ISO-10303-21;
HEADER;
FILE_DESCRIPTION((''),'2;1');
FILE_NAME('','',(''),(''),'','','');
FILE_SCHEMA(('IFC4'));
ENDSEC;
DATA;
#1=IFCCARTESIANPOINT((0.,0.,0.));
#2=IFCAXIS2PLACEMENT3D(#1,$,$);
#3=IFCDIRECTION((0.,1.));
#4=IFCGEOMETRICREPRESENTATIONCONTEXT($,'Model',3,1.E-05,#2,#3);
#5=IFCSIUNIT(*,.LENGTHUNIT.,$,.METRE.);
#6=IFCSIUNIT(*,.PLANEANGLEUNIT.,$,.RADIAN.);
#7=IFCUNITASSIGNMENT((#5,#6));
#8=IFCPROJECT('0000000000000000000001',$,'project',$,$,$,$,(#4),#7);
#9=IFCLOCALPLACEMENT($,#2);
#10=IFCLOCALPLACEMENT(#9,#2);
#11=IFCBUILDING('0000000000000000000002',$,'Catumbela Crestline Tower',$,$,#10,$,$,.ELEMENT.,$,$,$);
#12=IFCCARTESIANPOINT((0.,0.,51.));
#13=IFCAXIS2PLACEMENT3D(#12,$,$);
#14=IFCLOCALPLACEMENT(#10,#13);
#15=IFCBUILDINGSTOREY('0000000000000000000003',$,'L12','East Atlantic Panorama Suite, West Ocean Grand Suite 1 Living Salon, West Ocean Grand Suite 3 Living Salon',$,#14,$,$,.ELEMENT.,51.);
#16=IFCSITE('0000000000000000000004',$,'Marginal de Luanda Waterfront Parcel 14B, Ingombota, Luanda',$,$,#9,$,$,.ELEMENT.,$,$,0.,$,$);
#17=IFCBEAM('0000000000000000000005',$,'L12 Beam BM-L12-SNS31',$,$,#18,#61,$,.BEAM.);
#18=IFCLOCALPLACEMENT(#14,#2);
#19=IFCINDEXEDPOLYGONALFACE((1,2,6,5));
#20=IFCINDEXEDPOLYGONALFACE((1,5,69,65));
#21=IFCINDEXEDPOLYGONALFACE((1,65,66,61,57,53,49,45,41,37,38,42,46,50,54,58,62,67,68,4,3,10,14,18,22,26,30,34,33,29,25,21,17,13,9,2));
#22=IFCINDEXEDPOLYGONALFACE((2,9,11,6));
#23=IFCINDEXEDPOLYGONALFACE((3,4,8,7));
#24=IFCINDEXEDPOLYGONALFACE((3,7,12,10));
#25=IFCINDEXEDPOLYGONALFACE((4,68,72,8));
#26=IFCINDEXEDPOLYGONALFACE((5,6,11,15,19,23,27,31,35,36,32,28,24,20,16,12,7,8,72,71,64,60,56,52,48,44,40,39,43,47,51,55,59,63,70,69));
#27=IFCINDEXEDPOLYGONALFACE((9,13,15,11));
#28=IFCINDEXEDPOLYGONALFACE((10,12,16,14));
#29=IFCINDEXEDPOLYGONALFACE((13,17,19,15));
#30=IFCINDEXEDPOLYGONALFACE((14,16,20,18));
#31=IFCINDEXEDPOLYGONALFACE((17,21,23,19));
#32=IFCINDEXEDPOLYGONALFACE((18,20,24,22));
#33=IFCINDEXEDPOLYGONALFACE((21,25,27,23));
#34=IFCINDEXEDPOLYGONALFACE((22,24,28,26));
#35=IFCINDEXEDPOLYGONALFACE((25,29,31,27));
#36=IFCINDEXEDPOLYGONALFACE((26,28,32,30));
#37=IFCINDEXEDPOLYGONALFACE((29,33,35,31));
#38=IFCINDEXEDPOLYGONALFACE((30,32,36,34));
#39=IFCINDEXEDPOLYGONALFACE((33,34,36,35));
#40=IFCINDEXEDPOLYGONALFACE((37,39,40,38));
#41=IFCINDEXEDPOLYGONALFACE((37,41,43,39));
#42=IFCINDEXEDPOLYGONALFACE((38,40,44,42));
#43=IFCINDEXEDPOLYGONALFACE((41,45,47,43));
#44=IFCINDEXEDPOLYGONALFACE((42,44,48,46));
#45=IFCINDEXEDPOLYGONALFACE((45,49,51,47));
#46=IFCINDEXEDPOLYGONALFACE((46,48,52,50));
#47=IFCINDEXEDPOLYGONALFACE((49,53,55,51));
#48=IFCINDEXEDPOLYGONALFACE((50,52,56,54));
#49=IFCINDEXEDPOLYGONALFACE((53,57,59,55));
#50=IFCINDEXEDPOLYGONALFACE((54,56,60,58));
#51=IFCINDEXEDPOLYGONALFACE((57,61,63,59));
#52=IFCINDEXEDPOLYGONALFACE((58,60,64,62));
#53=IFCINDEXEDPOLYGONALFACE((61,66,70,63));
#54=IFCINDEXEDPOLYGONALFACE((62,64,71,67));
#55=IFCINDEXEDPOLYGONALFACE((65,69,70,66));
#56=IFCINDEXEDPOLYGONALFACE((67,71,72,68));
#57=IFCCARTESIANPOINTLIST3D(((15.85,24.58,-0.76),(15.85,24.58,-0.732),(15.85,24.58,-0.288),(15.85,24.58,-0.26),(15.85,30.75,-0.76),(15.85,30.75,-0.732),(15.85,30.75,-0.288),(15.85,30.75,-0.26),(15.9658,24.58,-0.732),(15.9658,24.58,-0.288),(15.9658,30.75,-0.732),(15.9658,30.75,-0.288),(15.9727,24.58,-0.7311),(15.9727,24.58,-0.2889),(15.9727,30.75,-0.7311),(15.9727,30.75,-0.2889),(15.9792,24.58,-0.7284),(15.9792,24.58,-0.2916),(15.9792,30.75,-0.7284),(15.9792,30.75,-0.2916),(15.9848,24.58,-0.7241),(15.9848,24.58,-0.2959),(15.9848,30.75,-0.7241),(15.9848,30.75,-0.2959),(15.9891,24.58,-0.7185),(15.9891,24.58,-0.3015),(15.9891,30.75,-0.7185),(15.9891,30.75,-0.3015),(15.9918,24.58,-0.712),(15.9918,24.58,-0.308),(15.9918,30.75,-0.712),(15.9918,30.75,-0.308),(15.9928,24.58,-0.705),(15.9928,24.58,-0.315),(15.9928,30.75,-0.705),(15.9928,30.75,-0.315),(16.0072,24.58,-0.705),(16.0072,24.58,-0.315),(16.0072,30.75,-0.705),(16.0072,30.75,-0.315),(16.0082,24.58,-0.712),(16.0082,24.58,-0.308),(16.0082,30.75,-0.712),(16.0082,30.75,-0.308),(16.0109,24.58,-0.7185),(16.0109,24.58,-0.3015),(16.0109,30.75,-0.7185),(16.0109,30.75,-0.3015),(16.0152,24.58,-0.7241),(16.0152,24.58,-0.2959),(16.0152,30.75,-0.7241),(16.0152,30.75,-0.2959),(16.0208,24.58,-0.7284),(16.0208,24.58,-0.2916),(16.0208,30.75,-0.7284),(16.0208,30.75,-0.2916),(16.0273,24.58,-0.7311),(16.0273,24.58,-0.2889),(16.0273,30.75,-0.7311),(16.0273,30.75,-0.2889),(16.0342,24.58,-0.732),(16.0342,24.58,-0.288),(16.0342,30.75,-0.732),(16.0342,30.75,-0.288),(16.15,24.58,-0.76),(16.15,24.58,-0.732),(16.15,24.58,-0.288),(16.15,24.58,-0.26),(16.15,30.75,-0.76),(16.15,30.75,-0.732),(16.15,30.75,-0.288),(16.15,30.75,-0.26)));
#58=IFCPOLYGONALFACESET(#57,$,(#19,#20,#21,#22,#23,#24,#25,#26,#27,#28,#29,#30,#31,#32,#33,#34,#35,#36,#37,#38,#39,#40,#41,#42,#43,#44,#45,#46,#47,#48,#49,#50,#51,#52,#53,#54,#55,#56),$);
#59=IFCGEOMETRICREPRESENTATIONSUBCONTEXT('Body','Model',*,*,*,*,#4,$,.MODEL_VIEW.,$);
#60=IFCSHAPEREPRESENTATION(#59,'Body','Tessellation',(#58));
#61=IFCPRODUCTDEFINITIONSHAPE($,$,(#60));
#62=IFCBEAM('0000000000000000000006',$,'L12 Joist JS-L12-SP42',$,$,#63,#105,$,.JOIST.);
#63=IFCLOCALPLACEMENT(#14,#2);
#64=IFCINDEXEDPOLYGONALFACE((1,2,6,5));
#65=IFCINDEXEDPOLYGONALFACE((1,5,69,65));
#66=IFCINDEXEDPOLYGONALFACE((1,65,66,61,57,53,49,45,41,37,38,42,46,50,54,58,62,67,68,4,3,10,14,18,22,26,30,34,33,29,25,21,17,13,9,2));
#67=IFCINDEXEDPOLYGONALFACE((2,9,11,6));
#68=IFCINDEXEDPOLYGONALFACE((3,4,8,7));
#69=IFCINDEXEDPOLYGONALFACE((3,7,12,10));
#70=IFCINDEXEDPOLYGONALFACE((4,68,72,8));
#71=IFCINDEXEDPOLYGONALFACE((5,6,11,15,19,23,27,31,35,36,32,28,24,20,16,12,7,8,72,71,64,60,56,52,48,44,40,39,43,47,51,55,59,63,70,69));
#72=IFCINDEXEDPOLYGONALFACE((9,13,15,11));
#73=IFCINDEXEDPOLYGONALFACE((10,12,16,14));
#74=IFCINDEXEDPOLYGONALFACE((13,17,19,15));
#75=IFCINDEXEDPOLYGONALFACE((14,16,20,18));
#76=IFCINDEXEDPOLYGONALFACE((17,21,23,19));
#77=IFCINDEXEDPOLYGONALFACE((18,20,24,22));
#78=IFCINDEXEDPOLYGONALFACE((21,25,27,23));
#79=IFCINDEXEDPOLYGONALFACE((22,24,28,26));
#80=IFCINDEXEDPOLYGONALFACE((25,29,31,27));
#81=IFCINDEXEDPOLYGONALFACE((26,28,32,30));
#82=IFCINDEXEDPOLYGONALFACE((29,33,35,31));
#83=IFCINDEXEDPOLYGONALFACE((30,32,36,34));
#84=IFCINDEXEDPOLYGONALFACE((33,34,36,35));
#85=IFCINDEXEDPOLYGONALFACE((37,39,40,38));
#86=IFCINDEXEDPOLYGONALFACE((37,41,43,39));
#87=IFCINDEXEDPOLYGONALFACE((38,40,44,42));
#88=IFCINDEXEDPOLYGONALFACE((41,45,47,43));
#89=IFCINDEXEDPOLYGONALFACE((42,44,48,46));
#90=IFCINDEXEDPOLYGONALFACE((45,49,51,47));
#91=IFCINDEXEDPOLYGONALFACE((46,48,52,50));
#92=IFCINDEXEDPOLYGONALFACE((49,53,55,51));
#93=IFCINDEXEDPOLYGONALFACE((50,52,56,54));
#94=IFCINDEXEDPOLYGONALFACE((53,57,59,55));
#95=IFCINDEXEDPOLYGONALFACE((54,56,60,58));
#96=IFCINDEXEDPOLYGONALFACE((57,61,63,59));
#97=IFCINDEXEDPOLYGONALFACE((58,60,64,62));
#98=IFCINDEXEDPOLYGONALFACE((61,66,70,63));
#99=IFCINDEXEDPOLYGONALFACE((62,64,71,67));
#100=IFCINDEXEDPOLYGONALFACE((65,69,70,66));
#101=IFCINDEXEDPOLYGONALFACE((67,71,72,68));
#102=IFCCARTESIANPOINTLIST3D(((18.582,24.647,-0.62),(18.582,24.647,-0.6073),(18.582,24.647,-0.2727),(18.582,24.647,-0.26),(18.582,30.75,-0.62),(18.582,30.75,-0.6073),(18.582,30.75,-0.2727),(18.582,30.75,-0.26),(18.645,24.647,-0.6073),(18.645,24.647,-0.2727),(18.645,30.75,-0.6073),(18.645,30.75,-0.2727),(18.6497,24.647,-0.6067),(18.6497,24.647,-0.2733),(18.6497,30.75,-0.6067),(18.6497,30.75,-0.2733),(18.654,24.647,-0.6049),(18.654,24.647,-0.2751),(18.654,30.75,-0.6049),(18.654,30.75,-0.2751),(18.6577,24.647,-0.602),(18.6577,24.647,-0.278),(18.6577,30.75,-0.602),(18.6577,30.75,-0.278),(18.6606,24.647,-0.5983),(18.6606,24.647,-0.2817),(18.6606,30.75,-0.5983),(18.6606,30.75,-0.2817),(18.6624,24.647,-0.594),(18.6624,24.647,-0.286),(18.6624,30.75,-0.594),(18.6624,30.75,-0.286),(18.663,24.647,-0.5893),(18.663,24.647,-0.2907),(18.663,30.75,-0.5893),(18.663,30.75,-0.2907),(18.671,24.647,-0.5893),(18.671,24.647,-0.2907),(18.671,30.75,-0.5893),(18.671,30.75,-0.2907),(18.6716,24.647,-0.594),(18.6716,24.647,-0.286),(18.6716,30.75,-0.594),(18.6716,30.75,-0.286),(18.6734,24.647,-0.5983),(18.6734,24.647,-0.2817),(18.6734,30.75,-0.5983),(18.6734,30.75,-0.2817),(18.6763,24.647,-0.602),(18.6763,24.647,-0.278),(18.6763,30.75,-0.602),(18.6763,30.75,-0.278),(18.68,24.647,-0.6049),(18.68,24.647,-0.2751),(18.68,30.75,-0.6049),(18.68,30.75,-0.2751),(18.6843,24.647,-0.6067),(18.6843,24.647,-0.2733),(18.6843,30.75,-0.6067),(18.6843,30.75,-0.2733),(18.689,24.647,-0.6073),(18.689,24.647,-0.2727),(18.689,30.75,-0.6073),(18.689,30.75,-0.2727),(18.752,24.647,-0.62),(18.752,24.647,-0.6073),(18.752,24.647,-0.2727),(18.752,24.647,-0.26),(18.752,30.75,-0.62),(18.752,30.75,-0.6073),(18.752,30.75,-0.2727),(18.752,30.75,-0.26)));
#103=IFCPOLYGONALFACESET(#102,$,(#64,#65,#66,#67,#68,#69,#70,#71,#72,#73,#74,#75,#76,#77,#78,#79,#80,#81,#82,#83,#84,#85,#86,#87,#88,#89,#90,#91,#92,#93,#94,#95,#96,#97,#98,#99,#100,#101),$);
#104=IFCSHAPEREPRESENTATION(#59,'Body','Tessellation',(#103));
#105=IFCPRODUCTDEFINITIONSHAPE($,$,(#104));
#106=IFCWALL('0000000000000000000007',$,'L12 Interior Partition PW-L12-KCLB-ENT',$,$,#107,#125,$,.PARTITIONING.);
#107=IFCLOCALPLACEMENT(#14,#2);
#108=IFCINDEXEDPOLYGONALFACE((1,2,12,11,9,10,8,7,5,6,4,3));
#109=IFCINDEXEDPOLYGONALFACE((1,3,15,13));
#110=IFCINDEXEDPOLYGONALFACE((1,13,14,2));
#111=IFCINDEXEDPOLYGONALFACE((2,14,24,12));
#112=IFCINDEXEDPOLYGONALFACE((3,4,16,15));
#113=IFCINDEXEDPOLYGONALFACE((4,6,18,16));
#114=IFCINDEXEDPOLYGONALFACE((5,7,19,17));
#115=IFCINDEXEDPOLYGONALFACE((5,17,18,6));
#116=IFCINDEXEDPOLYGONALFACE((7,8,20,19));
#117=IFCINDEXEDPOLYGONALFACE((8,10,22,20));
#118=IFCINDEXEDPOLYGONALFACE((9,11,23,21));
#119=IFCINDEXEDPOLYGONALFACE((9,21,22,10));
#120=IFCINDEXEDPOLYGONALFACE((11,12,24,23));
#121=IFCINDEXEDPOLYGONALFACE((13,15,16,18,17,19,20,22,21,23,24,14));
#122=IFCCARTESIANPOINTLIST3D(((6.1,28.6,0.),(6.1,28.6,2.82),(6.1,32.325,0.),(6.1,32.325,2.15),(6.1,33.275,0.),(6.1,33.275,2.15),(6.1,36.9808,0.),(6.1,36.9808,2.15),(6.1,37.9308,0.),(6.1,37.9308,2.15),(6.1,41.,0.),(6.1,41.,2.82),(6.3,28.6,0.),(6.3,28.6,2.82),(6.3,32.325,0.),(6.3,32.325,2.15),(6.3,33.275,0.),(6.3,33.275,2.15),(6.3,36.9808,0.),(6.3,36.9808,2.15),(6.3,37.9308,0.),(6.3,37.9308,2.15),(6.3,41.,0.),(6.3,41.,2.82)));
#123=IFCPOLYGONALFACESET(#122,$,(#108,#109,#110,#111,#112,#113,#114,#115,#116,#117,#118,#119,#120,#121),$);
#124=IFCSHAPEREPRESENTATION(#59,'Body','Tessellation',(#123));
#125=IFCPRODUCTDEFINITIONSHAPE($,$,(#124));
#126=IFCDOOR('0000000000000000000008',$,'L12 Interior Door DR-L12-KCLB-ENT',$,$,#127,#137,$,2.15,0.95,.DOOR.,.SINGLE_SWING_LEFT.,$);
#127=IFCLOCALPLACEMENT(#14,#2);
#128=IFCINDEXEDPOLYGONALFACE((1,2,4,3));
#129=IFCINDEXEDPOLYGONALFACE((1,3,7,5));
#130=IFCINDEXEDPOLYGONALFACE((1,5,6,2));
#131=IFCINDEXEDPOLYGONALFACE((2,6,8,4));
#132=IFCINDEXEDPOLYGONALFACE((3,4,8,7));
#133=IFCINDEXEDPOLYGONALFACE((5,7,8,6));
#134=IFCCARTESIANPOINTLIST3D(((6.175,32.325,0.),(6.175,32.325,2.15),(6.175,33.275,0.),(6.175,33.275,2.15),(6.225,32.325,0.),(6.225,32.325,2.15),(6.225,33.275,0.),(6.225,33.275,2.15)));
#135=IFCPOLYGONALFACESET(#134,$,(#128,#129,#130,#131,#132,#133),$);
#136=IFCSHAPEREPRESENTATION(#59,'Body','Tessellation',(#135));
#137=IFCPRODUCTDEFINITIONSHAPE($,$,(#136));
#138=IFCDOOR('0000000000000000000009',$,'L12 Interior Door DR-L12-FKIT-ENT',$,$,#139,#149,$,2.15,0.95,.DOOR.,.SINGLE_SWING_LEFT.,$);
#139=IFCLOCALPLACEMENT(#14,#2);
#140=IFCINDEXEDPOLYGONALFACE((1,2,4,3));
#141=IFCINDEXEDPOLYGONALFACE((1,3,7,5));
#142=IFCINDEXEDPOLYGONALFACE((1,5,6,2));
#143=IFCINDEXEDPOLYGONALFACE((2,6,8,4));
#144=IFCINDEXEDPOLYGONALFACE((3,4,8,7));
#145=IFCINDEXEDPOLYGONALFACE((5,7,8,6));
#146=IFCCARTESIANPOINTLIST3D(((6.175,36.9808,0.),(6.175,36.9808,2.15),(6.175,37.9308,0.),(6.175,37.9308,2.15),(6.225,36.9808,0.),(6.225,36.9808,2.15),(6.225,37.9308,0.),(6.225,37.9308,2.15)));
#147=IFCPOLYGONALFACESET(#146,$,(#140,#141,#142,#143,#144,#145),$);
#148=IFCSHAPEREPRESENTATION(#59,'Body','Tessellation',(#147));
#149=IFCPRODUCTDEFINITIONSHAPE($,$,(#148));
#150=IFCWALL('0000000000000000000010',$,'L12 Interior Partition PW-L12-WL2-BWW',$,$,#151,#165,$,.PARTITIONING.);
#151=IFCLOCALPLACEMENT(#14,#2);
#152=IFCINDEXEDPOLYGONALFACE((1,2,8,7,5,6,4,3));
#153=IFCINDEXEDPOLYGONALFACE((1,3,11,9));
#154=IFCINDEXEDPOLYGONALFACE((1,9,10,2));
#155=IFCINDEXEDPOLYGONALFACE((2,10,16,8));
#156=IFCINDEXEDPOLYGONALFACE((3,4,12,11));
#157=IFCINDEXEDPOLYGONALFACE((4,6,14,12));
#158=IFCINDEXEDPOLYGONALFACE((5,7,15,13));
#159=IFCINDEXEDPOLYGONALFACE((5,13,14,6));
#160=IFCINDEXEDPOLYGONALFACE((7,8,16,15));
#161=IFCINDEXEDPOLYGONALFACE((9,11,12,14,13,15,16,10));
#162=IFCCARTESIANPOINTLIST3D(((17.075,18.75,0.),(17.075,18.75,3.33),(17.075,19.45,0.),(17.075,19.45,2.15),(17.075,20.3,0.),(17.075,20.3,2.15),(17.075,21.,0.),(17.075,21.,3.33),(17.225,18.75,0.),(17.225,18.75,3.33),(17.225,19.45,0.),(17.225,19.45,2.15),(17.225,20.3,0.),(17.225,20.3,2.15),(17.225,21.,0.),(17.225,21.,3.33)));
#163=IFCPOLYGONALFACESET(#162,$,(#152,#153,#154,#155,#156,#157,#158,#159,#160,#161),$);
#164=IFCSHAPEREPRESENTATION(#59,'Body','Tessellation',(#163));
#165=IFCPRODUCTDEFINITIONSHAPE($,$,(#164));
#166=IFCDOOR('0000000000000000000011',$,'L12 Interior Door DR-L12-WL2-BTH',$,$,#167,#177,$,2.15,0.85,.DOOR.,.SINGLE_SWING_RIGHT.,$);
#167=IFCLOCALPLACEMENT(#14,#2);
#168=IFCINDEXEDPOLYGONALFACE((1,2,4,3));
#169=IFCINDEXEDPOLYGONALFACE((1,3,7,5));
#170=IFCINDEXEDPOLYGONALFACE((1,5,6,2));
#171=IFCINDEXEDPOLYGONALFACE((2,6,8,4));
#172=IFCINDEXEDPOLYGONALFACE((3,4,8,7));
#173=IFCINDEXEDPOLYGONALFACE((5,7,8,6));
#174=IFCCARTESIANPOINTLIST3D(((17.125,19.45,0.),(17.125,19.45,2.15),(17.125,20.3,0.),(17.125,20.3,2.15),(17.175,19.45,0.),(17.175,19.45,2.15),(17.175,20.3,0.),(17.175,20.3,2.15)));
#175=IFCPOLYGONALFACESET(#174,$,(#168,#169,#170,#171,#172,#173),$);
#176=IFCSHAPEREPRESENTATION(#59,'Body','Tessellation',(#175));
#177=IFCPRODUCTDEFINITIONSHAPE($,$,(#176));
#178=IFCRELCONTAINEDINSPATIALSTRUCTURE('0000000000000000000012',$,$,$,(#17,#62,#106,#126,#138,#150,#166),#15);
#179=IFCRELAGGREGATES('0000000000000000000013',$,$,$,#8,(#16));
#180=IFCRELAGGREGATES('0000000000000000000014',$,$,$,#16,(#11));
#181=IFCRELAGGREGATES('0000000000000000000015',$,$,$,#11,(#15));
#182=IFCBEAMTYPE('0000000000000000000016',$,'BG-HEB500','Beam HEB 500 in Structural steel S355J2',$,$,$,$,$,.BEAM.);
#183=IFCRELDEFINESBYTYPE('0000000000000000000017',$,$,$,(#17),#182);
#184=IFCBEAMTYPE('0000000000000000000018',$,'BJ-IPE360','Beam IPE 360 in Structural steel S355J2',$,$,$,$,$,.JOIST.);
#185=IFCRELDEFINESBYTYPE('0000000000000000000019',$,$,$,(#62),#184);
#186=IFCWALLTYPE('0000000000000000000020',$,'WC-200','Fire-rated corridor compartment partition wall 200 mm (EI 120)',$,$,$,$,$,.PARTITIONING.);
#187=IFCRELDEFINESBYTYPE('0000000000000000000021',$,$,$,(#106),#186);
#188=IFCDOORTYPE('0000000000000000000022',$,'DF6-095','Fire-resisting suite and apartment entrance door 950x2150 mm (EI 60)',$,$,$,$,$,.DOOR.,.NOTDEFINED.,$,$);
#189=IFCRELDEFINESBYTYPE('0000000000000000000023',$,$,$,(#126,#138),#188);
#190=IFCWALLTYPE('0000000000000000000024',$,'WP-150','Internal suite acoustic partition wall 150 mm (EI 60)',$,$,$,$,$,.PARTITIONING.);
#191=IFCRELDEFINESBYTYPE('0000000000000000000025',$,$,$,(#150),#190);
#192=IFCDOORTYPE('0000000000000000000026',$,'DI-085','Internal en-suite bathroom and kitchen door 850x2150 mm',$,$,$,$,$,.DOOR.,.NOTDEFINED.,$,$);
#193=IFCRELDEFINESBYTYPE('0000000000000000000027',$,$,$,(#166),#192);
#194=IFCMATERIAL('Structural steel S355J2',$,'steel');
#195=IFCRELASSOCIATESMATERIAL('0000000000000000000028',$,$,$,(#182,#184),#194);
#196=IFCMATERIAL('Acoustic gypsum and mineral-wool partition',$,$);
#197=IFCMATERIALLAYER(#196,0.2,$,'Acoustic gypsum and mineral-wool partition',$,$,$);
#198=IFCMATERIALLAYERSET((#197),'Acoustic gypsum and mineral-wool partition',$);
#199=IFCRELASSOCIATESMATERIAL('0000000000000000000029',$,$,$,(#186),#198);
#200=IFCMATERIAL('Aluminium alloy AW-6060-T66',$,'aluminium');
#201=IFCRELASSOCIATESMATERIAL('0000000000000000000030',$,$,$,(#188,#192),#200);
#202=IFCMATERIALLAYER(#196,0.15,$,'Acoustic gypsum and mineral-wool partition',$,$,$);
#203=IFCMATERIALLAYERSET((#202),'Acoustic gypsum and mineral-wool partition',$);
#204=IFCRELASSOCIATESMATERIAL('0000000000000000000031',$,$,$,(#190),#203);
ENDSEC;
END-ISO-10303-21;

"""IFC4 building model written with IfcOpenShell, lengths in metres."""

from ifc_helpers import new_model, si_unit, direction, frame, frame_2d, origin, origin_2d, place, context, subcontext, project, spatial, rectangle, i_section, extrude, material, layer, layer_set, material_profile, profile_set, type_object, element, fill, save


model = new_model("IFC4")

# Units and contexts
model_context = context("Model", 3, precision=1e-05, world=origin(), true_north=direction((0.0, 1.0)))
body_context = subcontext(model_context, "Body", "Model", "MODEL_VIEW")
ifc_project = project(units=[si_unit("LENGTHUNIT", "METRE"), si_unit("PLANEANGLEUNIT", "RADIAN")], contexts=[model_context])

# Site, building, storey
site_placement = place(None, origin())
site = spatial("IfcSite", under=ifc_project, at=site_placement, Name="Marginal de Luanda Waterfront Parcel 14B, Ingombota, Luanda", CompositionType="ELEMENT", RefElevation=0.0)
building_placement = place(site_placement, origin())
building = spatial("IfcBuilding", under=site, at=building_placement, Name="Catumbela Crestline Tower", CompositionType="ELEMENT")
storey_placement = place(building_placement, frame((0.0, 0.0, 51.0)))
storey = spatial("IfcBuildingStorey", under=building, at=storey_placement, Name="L12", Description="East Atlantic Panorama Suite, West Ocean Grand Suite 1 Living Salon, West Ocean Grand Suite 3 Living Salon", CompositionType="ELEMENT", Elevation=51.0)

# Beams
ifc_material_1 = material(Name="Structural steel S355J2", Category="steel")
ifc_material_profile_1 = material_profile(ifc_material_1, i_section(OverallWidth=0.3, OverallDepth=0.5, WebThickness=0.0145, FlangeThickness=0.028, FilletRadius=0.027, at=origin_2d()), Name="HEB 500")
ifc_profile_set_1 = profile_set([ifc_material_profile_1], Name="Structural steel S355J2")
beam_type_1 = type_object("IfcBeamType", Name="BG-HEB500", Description="Beam HEB 500 in Structural steel S355J2", PredefinedType="BEAM", material=ifc_profile_set_1)
beam_1_placement = place(storey_placement, frame((16.0, 24.58, -0.51), z_axis=(0.0, 1.0, 0.0), x_axis=(-1.0, 0.0, 0.0)))
element("IfcBeam", 1, at=beam_1_placement, inside=storey, type_object=beam_type_1, Name="L12 Beam BM-L12-SNS31", PredefinedType="BEAM", context=body_context, shape_type="SweptSolid", body=[
    extrude(i_section(OverallWidth=0.3, OverallDepth=0.5, WebThickness=0.0145, FlangeThickness=0.028, FilletRadius=0.027, at=origin_2d()), origin(), (0.0, 0.0, 1.0), 6.17),
])
ifc_material_profile_2 = material_profile(ifc_material_1, i_section(OverallWidth=0.17, OverallDepth=0.36, WebThickness=0.008, FlangeThickness=0.0127, FilletRadius=0.018, at=origin_2d()), Name="IPE 360")
ifc_profile_set_2 = profile_set([ifc_material_profile_2], Name="Structural steel S355J2")
beam_type_2 = type_object("IfcBeamType", Name="BJ-IPE360", Description="Beam IPE 360 in Structural steel S355J2", PredefinedType="JOIST", material=ifc_profile_set_2)
beam_2_placement = place(storey_placement, frame((18.667, 24.647, -0.44), z_axis=(0.0, 1.0, 0.0), x_axis=(-1.0, 0.0, 0.0)))
element("IfcBeam", 2, at=beam_2_placement, inside=storey, type_object=beam_type_2, Name="L12 Joist JS-L12-SP42", PredefinedType="JOIST", context=body_context, shape_type="SweptSolid", body=[
    extrude(i_section(OverallWidth=0.17, OverallDepth=0.36, WebThickness=0.008, FlangeThickness=0.0127, FilletRadius=0.018, at=origin_2d()), origin(), (0.0, 0.0, 1.0), 6.103),
])

# Wall, openings, doors
ifc_material_2 = material(Name="Acoustic gypsum and mineral-wool partition")
ifc_layer_1 = layer(ifc_material_2, 0.2, Name="Acoustic gypsum and mineral-wool partition")
ifc_layer_set_1 = layer_set([ifc_layer_1], Name="Acoustic gypsum and mineral-wool partition")
wall_type_1 = type_object("IfcWallType", Name="WC-200", Description="Fire-rated corridor compartment partition wall 200 mm (EI 120)", PredefinedType="PARTITIONING", material=ifc_layer_set_1)
wall_1_placement = place(storey_placement, frame((6.2, 28.6, 0.0), z_axis=(0.0, 0.0, 1.0), x_axis=(0.0, 1.0, 0.0)))
wall_1 = element("IfcWall", 3, at=wall_1_placement, inside=storey, type_object=wall_type_1, Name="L12 Interior Partition PW-L12-KCLB-ENT", PredefinedType="PARTITIONING", context=body_context, shape_type="SweptSolid", body=[
    extrude(rectangle(XDim=12.4, YDim=0.2, at=frame_2d((6.2, 0.0))), origin(), (0.0, 0.0, 1.0), 2.82),
])
opening_1_placement = place(wall_1_placement, frame((3.725, 0.0, 0.0)))
opening_1 = element("IfcOpeningElement", 4, at=opening_1_placement, cuts=wall_1, PredefinedType="OPENING", context=body_context, shape_type="SweptSolid", body=[
    extrude(rectangle(XDim=0.95, YDim=2.15, at=frame_2d((0.475, 1.075))), frame((0.0, 0.11, 0.0), z_axis=(0.0, -1.0, 0.0), x_axis=(1.0, 0.0, 0.0)), (0.0, 0.0, 1.0), 0.22),
])
opening_2_placement = place(wall_1_placement, frame((8.3808, 0.0, 0.0)))
opening_2 = element("IfcOpeningElement", 5, at=opening_2_placement, cuts=wall_1, PredefinedType="OPENING", context=body_context, shape_type="SweptSolid", body=[
    extrude(rectangle(XDim=0.95, YDim=2.15, at=frame_2d((0.475, 1.075))), frame((0.0, 0.11, 0.0), z_axis=(0.0, -1.0, 0.0), x_axis=(1.0, 0.0, 0.0)), (0.0, 0.0, 1.0), 0.22),
])
ifc_material_3 = material(Name="Aluminium alloy AW-6060-T66", Category="aluminium")
door_type_1 = type_object("IfcDoorType", Name="DF6-095", Description="Fire-resisting suite and apartment entrance door 950x2150 mm (EI 60)", OperationType="NOTDEFINED", PredefinedType="DOOR", material=ifc_material_3)
door_1_placement = place(opening_1_placement, origin())
door_1 = element("IfcDoor", 6, at=door_1_placement, inside=storey, type_object=door_type_1, Name="L12 Interior Door DR-L12-KCLB-ENT", OperationType="SINGLE_SWING_LEFT", OverallHeight=2.15, OverallWidth=0.95, PredefinedType="DOOR", context=body_context, shape_type="SweptSolid", body=[
    extrude(rectangle(XDim=0.95, YDim=2.15, at=frame_2d((0.475, 1.075))), frame((0.0, 0.025, 0.0), z_axis=(0.0, -1.0, 0.0), x_axis=(1.0, 0.0, 0.0)), (0.0, 0.0, 1.0), 0.05),
])
fill(opening_1, door_1)
door_2_placement = place(opening_2_placement, origin())
door_2 = element("IfcDoor", 7, at=door_2_placement, inside=storey, type_object=door_type_1, Name="L12 Interior Door DR-L12-FKIT-ENT", OperationType="SINGLE_SWING_LEFT", OverallHeight=2.15, OverallWidth=0.95, PredefinedType="DOOR", context=body_context, shape_type="SweptSolid", body=[
    extrude(rectangle(XDim=0.95, YDim=2.15, at=frame_2d((0.475, 1.075))), frame((0.0, 0.025, 0.0), z_axis=(0.0, -1.0, 0.0), x_axis=(1.0, 0.0, 0.0)), (0.0, 0.0, 1.0), 0.05),
])
fill(opening_2, door_2)

# Wall, opening, door
ifc_layer_2 = layer(ifc_material_2, 0.15, Name="Acoustic gypsum and mineral-wool partition")
ifc_layer_set_2 = layer_set([ifc_layer_2], Name="Acoustic gypsum and mineral-wool partition")
wall_type_2 = type_object("IfcWallType", Name="WP-150", Description="Internal suite acoustic partition wall 150 mm (EI 60)", PredefinedType="PARTITIONING", material=ifc_layer_set_2)
wall_2_placement = place(storey_placement, frame((17.15, 18.75, 0.0), z_axis=(0.0, 0.0, 1.0), x_axis=(0.0, 1.0, 0.0)))
wall_2 = element("IfcWall", 8, at=wall_2_placement, inside=storey, type_object=wall_type_2, Name="L12 Interior Partition PW-L12-WL2-BWW", PredefinedType="PARTITIONING", context=body_context, shape_type="SweptSolid", body=[
    extrude(rectangle(XDim=2.25, YDim=0.15, at=frame_2d((1.125, 0.0))), origin(), (0.0, 0.0, 1.0), 3.33),
])
opening_3_placement = place(wall_2_placement, frame((0.7, 0.0, 0.0)))
opening_3 = element("IfcOpeningElement", 9, at=opening_3_placement, cuts=wall_2, PredefinedType="OPENING", context=body_context, shape_type="SweptSolid", body=[
    extrude(rectangle(XDim=0.85, YDim=2.15, at=frame_2d((0.425, 1.075))), frame((0.0, 0.085, 0.0), z_axis=(0.0, -1.0, 0.0), x_axis=(1.0, 0.0, 0.0)), (0.0, 0.0, 1.0), 0.17),
])
door_type_2 = type_object("IfcDoorType", Name="DI-085", Description="Internal en-suite bathroom and kitchen door 850x2150 mm", OperationType="NOTDEFINED", PredefinedType="DOOR", material=ifc_material_3)
door_3_placement = place(opening_3_placement, origin())
door_3 = element("IfcDoor", 10, at=door_3_placement, inside=storey, type_object=door_type_2, Name="L12 Interior Door DR-L12-WL2-BTH", OperationType="SINGLE_SWING_RIGHT", OverallHeight=2.15, OverallWidth=0.85, PredefinedType="DOOR", context=body_context, shape_type="SweptSolid", body=[
    extrude(rectangle(XDim=0.85, YDim=2.15, at=frame_2d((0.425, 1.075))), frame((0.0, 0.025, 0.0), z_axis=(0.0, -1.0, 0.0), x_axis=(1.0, 0.0, 0.0)), (0.0, 0.0, 1.0), 0.05),
])
fill(opening_3, door_3)

save(model, "model.ifc")
